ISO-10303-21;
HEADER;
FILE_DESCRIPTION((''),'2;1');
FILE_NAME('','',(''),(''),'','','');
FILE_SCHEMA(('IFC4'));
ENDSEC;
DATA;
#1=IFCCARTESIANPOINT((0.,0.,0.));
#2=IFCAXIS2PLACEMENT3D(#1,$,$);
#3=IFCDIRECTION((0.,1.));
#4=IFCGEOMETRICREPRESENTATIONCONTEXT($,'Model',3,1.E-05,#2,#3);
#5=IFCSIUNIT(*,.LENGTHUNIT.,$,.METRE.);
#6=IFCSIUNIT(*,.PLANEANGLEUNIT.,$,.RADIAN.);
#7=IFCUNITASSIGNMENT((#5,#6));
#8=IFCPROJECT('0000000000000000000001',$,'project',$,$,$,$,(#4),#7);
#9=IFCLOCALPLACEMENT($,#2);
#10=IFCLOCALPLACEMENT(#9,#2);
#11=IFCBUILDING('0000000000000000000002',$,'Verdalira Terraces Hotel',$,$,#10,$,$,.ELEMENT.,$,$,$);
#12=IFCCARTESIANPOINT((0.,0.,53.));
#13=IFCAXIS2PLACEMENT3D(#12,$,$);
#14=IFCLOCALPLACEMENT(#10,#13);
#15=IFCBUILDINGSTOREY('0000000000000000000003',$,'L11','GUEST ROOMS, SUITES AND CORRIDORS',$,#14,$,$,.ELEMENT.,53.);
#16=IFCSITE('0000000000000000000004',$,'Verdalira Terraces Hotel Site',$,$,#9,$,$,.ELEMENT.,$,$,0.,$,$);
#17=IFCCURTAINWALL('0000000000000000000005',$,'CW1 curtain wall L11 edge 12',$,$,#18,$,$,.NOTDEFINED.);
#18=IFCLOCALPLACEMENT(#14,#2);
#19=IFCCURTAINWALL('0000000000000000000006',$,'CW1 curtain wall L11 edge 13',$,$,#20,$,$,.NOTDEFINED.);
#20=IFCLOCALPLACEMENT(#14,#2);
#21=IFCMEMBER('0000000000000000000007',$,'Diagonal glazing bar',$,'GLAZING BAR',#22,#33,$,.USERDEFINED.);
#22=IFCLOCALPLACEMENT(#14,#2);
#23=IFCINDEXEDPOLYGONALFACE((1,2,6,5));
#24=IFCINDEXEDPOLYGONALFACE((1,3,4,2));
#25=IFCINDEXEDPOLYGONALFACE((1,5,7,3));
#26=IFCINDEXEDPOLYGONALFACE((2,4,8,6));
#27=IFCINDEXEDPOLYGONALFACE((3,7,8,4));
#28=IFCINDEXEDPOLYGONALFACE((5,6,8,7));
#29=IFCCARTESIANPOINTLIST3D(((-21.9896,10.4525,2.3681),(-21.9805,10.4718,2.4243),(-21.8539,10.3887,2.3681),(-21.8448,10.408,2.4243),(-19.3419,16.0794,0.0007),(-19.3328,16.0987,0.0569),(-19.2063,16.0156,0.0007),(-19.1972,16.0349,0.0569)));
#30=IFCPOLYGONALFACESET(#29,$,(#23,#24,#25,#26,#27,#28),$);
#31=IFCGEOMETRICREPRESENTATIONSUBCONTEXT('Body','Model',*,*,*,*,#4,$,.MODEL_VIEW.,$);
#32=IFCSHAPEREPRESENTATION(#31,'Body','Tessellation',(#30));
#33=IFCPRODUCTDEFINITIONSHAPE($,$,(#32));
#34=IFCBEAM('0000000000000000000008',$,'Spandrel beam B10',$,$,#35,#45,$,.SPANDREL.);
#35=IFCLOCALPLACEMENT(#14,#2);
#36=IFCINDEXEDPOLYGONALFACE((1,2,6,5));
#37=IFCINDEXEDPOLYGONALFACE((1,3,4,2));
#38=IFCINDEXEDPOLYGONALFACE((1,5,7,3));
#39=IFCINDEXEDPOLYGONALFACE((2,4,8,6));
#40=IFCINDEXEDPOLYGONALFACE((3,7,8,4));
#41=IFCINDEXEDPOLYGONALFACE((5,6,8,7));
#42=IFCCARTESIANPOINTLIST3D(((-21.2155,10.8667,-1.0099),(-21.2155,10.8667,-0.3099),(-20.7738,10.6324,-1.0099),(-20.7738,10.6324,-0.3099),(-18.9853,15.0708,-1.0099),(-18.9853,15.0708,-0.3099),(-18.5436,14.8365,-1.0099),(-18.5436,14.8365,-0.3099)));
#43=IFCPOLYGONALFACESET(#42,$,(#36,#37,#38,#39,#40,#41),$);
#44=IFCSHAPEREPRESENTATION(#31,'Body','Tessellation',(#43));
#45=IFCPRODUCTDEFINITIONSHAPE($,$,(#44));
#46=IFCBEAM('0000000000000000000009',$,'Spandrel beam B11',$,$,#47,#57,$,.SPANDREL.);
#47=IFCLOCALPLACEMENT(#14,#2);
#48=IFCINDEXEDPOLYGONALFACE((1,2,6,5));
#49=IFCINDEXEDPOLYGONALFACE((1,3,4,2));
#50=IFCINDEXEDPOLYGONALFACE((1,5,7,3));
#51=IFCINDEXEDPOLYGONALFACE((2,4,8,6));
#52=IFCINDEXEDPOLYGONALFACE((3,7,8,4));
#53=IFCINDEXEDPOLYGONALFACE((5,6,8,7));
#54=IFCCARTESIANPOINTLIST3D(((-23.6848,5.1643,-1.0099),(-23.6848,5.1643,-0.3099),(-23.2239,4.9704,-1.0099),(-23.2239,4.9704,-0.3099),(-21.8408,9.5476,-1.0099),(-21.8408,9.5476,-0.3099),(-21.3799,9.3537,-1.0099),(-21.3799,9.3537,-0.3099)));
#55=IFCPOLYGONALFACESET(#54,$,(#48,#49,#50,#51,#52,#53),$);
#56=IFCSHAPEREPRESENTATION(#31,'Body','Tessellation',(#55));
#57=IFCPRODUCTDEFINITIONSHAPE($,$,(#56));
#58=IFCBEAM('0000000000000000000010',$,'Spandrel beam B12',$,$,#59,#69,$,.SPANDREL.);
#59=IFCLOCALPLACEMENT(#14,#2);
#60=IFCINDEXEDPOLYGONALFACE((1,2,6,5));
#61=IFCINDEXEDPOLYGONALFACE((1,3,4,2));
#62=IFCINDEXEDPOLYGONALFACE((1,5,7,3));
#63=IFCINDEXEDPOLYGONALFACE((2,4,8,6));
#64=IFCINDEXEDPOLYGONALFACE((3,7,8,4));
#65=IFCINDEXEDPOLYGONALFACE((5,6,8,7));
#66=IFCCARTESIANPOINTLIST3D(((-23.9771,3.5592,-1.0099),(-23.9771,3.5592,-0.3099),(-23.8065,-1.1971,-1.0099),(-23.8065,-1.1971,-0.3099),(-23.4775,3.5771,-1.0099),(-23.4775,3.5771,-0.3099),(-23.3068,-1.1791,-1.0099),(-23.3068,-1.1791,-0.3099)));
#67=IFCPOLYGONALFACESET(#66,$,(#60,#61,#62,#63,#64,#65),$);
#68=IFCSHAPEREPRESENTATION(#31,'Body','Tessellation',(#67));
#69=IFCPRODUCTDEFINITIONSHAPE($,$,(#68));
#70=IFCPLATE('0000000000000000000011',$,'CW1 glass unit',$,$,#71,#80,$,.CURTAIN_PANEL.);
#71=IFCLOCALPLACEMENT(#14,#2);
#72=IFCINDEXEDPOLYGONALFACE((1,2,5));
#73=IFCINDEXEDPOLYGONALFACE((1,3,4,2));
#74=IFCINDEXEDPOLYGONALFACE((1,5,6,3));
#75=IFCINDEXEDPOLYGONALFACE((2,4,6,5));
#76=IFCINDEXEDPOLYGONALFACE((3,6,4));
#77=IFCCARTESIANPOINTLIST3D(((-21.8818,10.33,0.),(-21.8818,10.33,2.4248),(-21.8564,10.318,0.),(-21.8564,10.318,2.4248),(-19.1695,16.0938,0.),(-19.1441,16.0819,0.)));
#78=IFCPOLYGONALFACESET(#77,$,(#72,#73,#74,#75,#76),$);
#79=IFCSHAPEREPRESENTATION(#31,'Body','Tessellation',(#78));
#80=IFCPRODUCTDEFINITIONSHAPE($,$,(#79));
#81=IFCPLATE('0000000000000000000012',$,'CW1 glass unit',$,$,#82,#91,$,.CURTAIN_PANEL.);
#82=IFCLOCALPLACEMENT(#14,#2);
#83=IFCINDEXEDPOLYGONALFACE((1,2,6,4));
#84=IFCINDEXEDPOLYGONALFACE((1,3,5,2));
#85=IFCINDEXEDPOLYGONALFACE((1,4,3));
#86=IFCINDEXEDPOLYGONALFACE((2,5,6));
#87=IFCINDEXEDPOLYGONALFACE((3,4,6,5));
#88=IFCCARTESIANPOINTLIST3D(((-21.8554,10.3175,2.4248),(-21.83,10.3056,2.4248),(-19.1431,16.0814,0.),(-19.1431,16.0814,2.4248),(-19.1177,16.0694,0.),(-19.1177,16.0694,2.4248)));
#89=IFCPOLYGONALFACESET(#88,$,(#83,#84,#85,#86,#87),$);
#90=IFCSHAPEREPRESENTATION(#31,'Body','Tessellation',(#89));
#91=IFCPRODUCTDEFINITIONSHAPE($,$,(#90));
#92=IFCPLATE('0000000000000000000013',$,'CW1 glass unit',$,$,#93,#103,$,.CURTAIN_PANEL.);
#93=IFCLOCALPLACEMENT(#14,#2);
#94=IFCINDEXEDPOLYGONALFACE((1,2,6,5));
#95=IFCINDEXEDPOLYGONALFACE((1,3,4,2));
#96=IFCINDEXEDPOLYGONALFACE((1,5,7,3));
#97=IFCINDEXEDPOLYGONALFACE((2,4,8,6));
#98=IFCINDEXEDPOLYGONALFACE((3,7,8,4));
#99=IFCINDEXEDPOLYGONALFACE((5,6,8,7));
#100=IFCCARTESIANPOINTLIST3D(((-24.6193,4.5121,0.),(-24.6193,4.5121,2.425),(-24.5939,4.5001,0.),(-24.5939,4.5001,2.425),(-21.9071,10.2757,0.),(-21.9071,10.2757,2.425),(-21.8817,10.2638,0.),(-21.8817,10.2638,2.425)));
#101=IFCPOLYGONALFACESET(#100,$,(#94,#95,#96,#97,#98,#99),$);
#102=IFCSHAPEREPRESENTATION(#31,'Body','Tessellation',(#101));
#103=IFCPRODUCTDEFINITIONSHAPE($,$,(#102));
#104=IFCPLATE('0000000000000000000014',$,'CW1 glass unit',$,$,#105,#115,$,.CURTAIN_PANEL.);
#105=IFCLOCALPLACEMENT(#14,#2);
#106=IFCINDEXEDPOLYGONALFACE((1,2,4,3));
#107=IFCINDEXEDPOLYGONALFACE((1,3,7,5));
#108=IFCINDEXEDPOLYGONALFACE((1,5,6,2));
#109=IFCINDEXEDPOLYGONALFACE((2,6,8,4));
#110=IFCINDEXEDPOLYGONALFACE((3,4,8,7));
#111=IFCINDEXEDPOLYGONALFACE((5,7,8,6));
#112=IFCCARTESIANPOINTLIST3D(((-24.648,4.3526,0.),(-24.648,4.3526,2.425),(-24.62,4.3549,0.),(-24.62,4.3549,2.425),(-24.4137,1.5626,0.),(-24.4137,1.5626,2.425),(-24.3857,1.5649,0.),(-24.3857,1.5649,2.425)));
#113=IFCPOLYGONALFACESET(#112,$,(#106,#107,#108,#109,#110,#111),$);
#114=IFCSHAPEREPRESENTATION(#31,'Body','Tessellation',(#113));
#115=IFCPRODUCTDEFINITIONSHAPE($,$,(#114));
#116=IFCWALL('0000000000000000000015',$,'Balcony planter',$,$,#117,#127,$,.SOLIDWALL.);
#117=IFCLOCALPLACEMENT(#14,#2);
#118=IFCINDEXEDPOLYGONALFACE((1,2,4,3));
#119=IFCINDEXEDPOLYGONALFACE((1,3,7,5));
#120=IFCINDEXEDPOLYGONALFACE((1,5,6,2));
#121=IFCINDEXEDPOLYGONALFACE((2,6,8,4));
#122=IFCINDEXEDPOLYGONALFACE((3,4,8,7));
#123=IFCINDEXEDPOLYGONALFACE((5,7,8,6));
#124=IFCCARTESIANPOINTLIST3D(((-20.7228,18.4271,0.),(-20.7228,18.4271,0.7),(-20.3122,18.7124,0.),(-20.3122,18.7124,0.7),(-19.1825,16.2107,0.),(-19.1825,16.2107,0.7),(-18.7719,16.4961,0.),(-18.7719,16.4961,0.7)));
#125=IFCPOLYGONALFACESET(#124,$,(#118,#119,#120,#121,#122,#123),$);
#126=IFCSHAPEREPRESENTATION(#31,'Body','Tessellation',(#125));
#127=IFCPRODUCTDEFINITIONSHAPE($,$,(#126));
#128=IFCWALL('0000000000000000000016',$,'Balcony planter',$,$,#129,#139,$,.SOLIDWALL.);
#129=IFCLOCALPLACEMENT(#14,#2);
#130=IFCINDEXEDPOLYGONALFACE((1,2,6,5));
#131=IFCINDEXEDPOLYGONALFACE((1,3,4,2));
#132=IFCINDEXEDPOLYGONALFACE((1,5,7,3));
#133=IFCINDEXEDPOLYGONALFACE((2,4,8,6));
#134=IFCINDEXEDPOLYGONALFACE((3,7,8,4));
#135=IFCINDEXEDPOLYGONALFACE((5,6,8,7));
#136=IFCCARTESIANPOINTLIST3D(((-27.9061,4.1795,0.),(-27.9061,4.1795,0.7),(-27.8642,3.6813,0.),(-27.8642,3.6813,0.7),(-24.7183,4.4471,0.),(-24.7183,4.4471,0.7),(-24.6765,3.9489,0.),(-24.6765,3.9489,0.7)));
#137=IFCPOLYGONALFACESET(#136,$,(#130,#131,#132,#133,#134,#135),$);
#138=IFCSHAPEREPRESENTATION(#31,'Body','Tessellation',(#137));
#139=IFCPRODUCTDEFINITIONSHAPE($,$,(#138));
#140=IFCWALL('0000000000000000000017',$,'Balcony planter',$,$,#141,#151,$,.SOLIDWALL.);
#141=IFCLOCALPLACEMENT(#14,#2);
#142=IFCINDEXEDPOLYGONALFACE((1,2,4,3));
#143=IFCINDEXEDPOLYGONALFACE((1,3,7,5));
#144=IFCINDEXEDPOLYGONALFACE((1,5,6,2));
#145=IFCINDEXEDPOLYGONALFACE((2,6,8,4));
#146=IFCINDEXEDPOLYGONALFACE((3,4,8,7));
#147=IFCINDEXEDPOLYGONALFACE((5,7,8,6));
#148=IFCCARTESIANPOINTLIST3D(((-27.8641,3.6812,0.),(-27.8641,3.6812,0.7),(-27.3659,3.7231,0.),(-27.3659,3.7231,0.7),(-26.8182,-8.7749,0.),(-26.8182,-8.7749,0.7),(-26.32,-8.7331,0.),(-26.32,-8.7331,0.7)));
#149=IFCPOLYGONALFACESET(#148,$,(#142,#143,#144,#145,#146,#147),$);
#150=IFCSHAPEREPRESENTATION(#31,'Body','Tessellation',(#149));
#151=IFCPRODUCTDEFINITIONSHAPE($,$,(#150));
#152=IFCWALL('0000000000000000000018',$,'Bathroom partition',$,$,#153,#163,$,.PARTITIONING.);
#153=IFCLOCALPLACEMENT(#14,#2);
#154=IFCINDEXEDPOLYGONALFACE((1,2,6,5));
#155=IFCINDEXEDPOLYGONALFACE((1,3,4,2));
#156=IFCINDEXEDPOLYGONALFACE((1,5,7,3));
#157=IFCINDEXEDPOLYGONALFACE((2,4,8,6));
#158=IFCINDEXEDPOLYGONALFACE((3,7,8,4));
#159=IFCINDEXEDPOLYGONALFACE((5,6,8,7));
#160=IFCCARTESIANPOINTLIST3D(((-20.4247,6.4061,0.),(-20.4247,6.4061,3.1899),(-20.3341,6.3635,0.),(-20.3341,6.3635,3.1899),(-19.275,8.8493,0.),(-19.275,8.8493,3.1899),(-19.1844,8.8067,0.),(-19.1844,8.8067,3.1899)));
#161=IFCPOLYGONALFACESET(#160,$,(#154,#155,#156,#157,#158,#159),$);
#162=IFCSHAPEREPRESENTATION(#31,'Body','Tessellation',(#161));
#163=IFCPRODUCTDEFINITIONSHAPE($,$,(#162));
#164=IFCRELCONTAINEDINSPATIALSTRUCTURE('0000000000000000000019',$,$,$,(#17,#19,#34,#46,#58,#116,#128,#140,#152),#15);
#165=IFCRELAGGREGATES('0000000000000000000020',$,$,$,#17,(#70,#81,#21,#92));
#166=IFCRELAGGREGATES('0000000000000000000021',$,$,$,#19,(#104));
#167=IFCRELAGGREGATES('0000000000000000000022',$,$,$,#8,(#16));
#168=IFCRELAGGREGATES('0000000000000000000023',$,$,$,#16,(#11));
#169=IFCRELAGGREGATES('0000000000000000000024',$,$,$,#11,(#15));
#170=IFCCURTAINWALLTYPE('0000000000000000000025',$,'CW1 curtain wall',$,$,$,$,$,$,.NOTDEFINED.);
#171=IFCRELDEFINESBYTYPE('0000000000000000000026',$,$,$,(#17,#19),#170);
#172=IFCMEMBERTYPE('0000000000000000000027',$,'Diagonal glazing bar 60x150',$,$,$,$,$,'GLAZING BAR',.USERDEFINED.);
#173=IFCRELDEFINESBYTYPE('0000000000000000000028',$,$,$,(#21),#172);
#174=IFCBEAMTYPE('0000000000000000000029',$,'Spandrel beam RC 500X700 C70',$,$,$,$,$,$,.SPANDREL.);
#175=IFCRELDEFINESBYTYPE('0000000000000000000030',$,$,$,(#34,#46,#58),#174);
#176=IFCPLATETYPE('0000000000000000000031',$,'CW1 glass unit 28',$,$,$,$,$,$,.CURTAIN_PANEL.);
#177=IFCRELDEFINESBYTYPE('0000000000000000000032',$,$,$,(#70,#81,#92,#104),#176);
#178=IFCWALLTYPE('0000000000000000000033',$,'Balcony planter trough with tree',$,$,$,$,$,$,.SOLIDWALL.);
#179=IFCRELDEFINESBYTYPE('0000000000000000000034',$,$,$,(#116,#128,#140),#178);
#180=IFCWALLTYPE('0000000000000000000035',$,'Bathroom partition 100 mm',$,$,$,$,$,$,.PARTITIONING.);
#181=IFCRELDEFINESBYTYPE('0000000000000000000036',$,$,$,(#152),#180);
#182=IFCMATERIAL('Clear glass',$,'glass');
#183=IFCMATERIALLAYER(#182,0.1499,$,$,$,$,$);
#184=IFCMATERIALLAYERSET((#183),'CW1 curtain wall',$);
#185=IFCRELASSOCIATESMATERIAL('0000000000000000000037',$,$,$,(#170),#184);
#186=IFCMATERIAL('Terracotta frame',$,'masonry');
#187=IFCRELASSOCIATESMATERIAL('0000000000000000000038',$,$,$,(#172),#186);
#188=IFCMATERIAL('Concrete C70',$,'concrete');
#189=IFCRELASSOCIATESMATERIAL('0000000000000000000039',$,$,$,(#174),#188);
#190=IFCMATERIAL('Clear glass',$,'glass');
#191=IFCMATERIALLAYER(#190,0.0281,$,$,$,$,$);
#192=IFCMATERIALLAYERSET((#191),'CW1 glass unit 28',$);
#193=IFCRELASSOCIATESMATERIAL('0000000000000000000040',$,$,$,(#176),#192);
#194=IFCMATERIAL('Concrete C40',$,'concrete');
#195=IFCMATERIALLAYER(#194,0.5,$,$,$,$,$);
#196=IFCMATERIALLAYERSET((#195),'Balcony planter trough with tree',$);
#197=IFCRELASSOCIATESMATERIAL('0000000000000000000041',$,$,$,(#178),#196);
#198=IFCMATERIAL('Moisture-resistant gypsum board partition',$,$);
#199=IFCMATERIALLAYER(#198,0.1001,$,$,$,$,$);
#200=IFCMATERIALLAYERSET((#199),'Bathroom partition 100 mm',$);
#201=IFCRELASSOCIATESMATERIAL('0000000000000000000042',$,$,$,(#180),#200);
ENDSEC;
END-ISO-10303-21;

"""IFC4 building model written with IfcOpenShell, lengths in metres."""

from ifc_helpers import new_model, si_unit, direction, frame, frame_2d, origin, origin_2d, place, context, subcontext, project, spatial, polyline, rectangle, outline, extrude, material, layer, layer_set, material_profile, profile_set, type_object, element, aggregate, save


model = new_model("IFC4")

# Units and contexts
model_context = context("Model", 3, precision=1e-05, world=origin(), true_north=direction((0.0, 1.0)))
body_context = subcontext(model_context, "Body", "Model", "MODEL_VIEW")
ifc_project = project(units=[si_unit("LENGTHUNIT", "METRE"), si_unit("PLANEANGLEUNIT", "RADIAN")], contexts=[model_context])

# Site, building, storey
site_placement = place(None, origin())
site = spatial("IfcSite", under=ifc_project, at=site_placement, Name="Verdalira Terraces Hotel Site", CompositionType="ELEMENT", RefElevation=0.0)
building_placement = place(site_placement, origin())
building = spatial("IfcBuilding", under=site, at=building_placement, Name="Verdalira Terraces Hotel", CompositionType="ELEMENT")
storey_placement = place(building_placement, frame((0.0, 0.0, 53.0)))
storey = spatial("IfcBuildingStorey", under=building, at=storey_placement, Name="L11", Description="GUEST ROOMS, SUITES AND CORRIDORS", CompositionType="ELEMENT", Elevation=53.0)

# Shared definitions
ifc_material_1 = material(Name="Clear glass", Category="glass")
ifc_layer_1 = layer(ifc_material_1, 0.1499)
ifc_layer_set_1 = layer_set([ifc_layer_1], Name="CW1 curtain wall")
curtain_wall_type = type_object("IfcCurtainWallType", Name="CW1 curtain wall", PredefinedType="NOTDEFINED", material=ifc_layer_set_1)

# Curtain wall
curtain_wall_1_placement = place(storey_placement, origin())
curtain_wall_1 = element("IfcCurtainWall", 1, at=curtain_wall_1_placement, inside=storey, type_object=curtain_wall_type, Name="CW1 curtain wall L11 edge 12", PredefinedType="NOTDEFINED")

# Curtain wall
curtain_wall_2_placement = place(storey_placement, origin())
curtain_wall_2 = element("IfcCurtainWall", 2, at=curtain_wall_2_placement, inside=storey, type_object=curtain_wall_type, Name="CW1 curtain wall L11 edge 13", PredefinedType="NOTDEFINED")

# Member
ifc_material_2 = material(Name="Terracotta frame", Category="masonry")
ifc_material_profile_1 = material_profile(ifc_material_2, rectangle(XDim=0.1499, YDim=0.0601, at=origin_2d()), Name="GB 60x150")
ifc_profile_set_1 = profile_set([ifc_material_profile_1], Name="Terracotta frame")
member_type_1 = type_object("IfcMemberType", Name="Diagonal glazing bar 60x150", ElementType="GLAZING BAR", PredefinedType="USERDEFINED", material=ifc_profile_set_1)
member_1_placement = place(storey_placement, frame((-19.2695, 16.0571, 0.0288), z_axis=(-0.397903, -0.845631, 0.355783), x_axis=(0.904836, -0.425761, 0.0)))
member_1 = element("IfcMember", 3, at=member_1_placement, type_object=member_type_1, Name="Diagonal glazing bar", ObjectType="GLAZING BAR", PredefinedType="USERDEFINED", context=body_context, shape_type="SweptSolid", body=[
    extrude(rectangle(XDim=0.1499, YDim=0.0601, at=origin_2d()), origin(), (0.0, 0.0, 1.0), 6.6541),
])

# Beams
ifc_material_3 = material(Name="Concrete C70", Category="concrete")
ifc_material_profile_2 = material_profile(ifc_material_3, rectangle(XDim=0.5, YDim=0.7, at=origin_2d()), Name="RC 500X700")
ifc_profile_set_2 = profile_set([ifc_material_profile_2], Name="Concrete C70")
beam_type_1 = type_object("IfcBeamType", Name="Spandrel beam RC 500X700 C70", PredefinedType="SPANDREL", material=ifc_profile_set_2)
beam_1_placement = place(storey_placement, frame((-18.7644, 14.9536, -0.6599), z_axis=(-0.46863, -0.883395, 0.0), x_axis=(0.883395, -0.46863, 0.0)))
element("IfcBeam", 4, at=beam_1_placement, inside=storey, type_object=beam_type_1, Name="Spandrel beam B10", PredefinedType="SPANDREL", context=body_context, shape_type="SweptSolid", body=[
    extrude(rectangle(XDim=0.5, YDim=0.7, at=origin_2d()), origin(), (0.0, 0.0, 1.0), 4.759),
])
beam_2_placement = place(storey_placement, frame((-21.6104, 9.4507, -0.6599), z_axis=(-0.38777, -0.921756, 0.0), x_axis=(0.921756, -0.38777, 0.0)))
element("IfcBeam", 5, at=beam_2_placement, inside=storey, type_object=beam_type_1, Name="Spandrel beam B11", PredefinedType="SPANDREL", context=body_context, shape_type="SweptSolid", body=[
    extrude(rectangle(XDim=0.5, YDim=0.7, at=origin_2d()), origin(), (0.0, 0.0, 1.0), 4.7554),
])
beam_3_placement = place(storey_placement, frame((-23.7273, 3.5681, -0.6599), z_axis=(0.035858, -0.999357, 0.0), x_axis=(0.999357, 0.035858, 0.0)))
element("IfcBeam", 6, at=beam_3_placement, inside=storey, type_object=beam_type_1, Name="Spandrel beam B12", PredefinedType="SPANDREL", context=body_context, shape_type="SweptSolid", body=[
    extrude(rectangle(XDim=0.5, YDim=0.7, at=origin_2d()), origin(), (0.0, 0.0, 1.0), 4.7593),
])

# Plates
ifc_material_4 = material(Name="Clear glass", Category="glass")
ifc_layer_2 = layer(ifc_material_4, 0.0281)
ifc_layer_set_2 = layer_set([ifc_layer_2], Name="CW1 glass unit 28")
plate_type = type_object("IfcPlateType", Name="CW1 glass unit 28", PredefinedType="CURTAIN_PANEL", material=ifc_layer_set_2)
plate_1_placement = place(storey_placement, frame((-20.5002, 13.2, 1.2124), z_axis=(-0.904827, 0.425779, 0.0), x_axis=(-0.425779, -0.904827, 0.0)))
plate_1 = element("IfcPlate", 7, at=plate_1_placement, type_object=plate_type, Name="CW1 glass unit", PredefinedType="CURTAIN_PANEL", context=body_context, shape_type="SweptSolid", body=[
    extrude(outline(polyline([(-3.1851, -1.2124), (3.1851, -1.2124), (3.1851, 1.2124), (-3.1851, -1.2124)])), origin(), (0.0, 0.0, 1.0), 0.0281),
])
plate_2_placement = place(storey_placement, frame((-20.4739, 13.1875, 1.2124), z_axis=(-0.904827, 0.425779, 0.0), x_axis=(-0.425779, -0.904827, 0.0)))
plate_2 = element("IfcPlate", 8, at=plate_2_placement, type_object=plate_type, Name="CW1 glass unit", PredefinedType="CURTAIN_PANEL", context=body_context, shape_type="SweptSolid", body=[
    extrude(outline(polyline([(-3.1851, -1.2124), (3.1851, 1.2124), (-3.1851, 1.2124), (-3.1851, -1.2124)])), origin(), (0.0, 0.0, 1.0), 0.0281),
])
plate_3_placement = place(storey_placement, frame((-23.2505, 7.3879, 0.0), z_axis=(0.0, 0.0, 1.0), x_axis=(-0.425779, -0.904827, 0.0)))
plate_3 = element("IfcPlate", 9, at=plate_3_placement, type_object=plate_type, Name="CW1 glass unit", PredefinedType="CURTAIN_PANEL", context=body_context, shape_type="SweptSolid", body=[
    extrude(rectangle(XDim=6.3699, YDim=0.0281, at=origin_2d()), origin(), (0.0, 0.0, 1.0), 2.425),
])
aggregate(curtain_wall_1, [plate_1, plate_2, member_1, plate_3])
plate_4_placement = place(storey_placement, frame((-24.5168, 2.9587, 0.0), z_axis=(0.0, 0.0, 1.0), x_axis=(0.083678, -0.996493, 0.0)))
plate_4 = element("IfcPlate", 10, at=plate_4_placement, type_object=plate_type, Name="CW1 glass unit", PredefinedType="CURTAIN_PANEL", context=body_context, shape_type="SweptSolid", body=[
    extrude(rectangle(XDim=2.7998, YDim=0.0281, at=origin_2d()), origin(), (0.0, 0.0, 1.0), 2.425),
])
aggregate(curtain_wall_2, [plate_4])

# Walls
ifc_material_5 = material(Name="Concrete C40", Category="concrete")
ifc_layer_3 = layer(ifc_material_5, 0.5)
ifc_layer_set_3 = layer_set([ifc_layer_3], Name="Balcony planter trough with tree")
wall_type_1 = type_object("IfcWallType", Name="Balcony planter trough with tree", PredefinedType="SOLIDWALL", material=ifc_layer_set_3)
wall_1_placement = place(storey_placement, frame((-20.5176, 18.5698, 0.0), z_axis=(0.0, 0.0, 1.0), x_axis=(0.570691, -0.821165, 0.0)))
element("IfcWall", 11, at=wall_1_placement, inside=storey, type_object=wall_type_1, Name="Balcony planter", PredefinedType="SOLIDWALL", context=body_context, shape_type="SweptSolid", body=[
    extrude(rectangle(XDim=2.699, YDim=0.5, at=frame_2d((1.3496, 0.0))), origin(), (0.0, 0.0, 1.0), 0.7),
])
wall_2_placement = place(storey_placement, frame((-24.6973, 4.198, 0.0), z_axis=(0.0, 0.0, 1.0), x_axis=(-0.996496, -0.083645, 0.0)))
element("IfcWall", 12, at=wall_2_placement, inside=storey, type_object=wall_type_1, Name="Balcony planter", PredefinedType="SOLIDWALL", context=body_context, shape_type="SweptSolid", body=[
    extrude(rectangle(XDim=3.199, YDim=0.5, at=frame_2d((1.5996, 0.0))), origin(), (0.0, 0.0, 1.0), 0.7),
])
wall_3_placement = place(storey_placement, frame((-27.615, 3.7021, 0.0), z_axis=(0.0, 0.0, 1.0), x_axis=(0.083673, -0.996493, 0.0)))
element("IfcWall", 13, at=wall_3_placement, inside=storey, type_object=wall_type_1, Name="Balcony planter", PredefinedType="SOLIDWALL", context=body_context, shape_type="SweptSolid", body=[
    extrude(rectangle(XDim=12.5, YDim=0.5, at=frame_2d((6.25, 0.0))), origin(), (0.0, 0.0, 1.0), 0.7),
])
ifc_material_6 = material(Name="Moisture-resistant gypsum board partition")
ifc_layer_4 = layer(ifc_material_6, 0.1001)
ifc_layer_set_4 = layer_set([ifc_layer_4], Name="Bathroom partition 100 mm")
wall_type_2 = type_object("IfcWallType", Name="Bathroom partition 100 mm", PredefinedType="PARTITIONING", material=ifc_layer_set_4)
wall_4_placement = place(storey_placement, frame((-20.3794, 6.3848, 0.0), z_axis=(0.0, 0.0, 1.0), x_axis=(0.425784, 0.904825, 0.0)))
element("IfcWall", 14, at=wall_4_placement, inside=storey, type_object=wall_type_2, Name="Bathroom partition", PredefinedType="PARTITIONING", context=body_context, shape_type="SweptSolid", body=[
    extrude(rectangle(XDim=2.7002, YDim=0.1001, at=frame_2d((1.3501, 0.0))), origin(), (0.0, 0.0, 1.0), 3.1899),
])

save(model, "model.ifc")
